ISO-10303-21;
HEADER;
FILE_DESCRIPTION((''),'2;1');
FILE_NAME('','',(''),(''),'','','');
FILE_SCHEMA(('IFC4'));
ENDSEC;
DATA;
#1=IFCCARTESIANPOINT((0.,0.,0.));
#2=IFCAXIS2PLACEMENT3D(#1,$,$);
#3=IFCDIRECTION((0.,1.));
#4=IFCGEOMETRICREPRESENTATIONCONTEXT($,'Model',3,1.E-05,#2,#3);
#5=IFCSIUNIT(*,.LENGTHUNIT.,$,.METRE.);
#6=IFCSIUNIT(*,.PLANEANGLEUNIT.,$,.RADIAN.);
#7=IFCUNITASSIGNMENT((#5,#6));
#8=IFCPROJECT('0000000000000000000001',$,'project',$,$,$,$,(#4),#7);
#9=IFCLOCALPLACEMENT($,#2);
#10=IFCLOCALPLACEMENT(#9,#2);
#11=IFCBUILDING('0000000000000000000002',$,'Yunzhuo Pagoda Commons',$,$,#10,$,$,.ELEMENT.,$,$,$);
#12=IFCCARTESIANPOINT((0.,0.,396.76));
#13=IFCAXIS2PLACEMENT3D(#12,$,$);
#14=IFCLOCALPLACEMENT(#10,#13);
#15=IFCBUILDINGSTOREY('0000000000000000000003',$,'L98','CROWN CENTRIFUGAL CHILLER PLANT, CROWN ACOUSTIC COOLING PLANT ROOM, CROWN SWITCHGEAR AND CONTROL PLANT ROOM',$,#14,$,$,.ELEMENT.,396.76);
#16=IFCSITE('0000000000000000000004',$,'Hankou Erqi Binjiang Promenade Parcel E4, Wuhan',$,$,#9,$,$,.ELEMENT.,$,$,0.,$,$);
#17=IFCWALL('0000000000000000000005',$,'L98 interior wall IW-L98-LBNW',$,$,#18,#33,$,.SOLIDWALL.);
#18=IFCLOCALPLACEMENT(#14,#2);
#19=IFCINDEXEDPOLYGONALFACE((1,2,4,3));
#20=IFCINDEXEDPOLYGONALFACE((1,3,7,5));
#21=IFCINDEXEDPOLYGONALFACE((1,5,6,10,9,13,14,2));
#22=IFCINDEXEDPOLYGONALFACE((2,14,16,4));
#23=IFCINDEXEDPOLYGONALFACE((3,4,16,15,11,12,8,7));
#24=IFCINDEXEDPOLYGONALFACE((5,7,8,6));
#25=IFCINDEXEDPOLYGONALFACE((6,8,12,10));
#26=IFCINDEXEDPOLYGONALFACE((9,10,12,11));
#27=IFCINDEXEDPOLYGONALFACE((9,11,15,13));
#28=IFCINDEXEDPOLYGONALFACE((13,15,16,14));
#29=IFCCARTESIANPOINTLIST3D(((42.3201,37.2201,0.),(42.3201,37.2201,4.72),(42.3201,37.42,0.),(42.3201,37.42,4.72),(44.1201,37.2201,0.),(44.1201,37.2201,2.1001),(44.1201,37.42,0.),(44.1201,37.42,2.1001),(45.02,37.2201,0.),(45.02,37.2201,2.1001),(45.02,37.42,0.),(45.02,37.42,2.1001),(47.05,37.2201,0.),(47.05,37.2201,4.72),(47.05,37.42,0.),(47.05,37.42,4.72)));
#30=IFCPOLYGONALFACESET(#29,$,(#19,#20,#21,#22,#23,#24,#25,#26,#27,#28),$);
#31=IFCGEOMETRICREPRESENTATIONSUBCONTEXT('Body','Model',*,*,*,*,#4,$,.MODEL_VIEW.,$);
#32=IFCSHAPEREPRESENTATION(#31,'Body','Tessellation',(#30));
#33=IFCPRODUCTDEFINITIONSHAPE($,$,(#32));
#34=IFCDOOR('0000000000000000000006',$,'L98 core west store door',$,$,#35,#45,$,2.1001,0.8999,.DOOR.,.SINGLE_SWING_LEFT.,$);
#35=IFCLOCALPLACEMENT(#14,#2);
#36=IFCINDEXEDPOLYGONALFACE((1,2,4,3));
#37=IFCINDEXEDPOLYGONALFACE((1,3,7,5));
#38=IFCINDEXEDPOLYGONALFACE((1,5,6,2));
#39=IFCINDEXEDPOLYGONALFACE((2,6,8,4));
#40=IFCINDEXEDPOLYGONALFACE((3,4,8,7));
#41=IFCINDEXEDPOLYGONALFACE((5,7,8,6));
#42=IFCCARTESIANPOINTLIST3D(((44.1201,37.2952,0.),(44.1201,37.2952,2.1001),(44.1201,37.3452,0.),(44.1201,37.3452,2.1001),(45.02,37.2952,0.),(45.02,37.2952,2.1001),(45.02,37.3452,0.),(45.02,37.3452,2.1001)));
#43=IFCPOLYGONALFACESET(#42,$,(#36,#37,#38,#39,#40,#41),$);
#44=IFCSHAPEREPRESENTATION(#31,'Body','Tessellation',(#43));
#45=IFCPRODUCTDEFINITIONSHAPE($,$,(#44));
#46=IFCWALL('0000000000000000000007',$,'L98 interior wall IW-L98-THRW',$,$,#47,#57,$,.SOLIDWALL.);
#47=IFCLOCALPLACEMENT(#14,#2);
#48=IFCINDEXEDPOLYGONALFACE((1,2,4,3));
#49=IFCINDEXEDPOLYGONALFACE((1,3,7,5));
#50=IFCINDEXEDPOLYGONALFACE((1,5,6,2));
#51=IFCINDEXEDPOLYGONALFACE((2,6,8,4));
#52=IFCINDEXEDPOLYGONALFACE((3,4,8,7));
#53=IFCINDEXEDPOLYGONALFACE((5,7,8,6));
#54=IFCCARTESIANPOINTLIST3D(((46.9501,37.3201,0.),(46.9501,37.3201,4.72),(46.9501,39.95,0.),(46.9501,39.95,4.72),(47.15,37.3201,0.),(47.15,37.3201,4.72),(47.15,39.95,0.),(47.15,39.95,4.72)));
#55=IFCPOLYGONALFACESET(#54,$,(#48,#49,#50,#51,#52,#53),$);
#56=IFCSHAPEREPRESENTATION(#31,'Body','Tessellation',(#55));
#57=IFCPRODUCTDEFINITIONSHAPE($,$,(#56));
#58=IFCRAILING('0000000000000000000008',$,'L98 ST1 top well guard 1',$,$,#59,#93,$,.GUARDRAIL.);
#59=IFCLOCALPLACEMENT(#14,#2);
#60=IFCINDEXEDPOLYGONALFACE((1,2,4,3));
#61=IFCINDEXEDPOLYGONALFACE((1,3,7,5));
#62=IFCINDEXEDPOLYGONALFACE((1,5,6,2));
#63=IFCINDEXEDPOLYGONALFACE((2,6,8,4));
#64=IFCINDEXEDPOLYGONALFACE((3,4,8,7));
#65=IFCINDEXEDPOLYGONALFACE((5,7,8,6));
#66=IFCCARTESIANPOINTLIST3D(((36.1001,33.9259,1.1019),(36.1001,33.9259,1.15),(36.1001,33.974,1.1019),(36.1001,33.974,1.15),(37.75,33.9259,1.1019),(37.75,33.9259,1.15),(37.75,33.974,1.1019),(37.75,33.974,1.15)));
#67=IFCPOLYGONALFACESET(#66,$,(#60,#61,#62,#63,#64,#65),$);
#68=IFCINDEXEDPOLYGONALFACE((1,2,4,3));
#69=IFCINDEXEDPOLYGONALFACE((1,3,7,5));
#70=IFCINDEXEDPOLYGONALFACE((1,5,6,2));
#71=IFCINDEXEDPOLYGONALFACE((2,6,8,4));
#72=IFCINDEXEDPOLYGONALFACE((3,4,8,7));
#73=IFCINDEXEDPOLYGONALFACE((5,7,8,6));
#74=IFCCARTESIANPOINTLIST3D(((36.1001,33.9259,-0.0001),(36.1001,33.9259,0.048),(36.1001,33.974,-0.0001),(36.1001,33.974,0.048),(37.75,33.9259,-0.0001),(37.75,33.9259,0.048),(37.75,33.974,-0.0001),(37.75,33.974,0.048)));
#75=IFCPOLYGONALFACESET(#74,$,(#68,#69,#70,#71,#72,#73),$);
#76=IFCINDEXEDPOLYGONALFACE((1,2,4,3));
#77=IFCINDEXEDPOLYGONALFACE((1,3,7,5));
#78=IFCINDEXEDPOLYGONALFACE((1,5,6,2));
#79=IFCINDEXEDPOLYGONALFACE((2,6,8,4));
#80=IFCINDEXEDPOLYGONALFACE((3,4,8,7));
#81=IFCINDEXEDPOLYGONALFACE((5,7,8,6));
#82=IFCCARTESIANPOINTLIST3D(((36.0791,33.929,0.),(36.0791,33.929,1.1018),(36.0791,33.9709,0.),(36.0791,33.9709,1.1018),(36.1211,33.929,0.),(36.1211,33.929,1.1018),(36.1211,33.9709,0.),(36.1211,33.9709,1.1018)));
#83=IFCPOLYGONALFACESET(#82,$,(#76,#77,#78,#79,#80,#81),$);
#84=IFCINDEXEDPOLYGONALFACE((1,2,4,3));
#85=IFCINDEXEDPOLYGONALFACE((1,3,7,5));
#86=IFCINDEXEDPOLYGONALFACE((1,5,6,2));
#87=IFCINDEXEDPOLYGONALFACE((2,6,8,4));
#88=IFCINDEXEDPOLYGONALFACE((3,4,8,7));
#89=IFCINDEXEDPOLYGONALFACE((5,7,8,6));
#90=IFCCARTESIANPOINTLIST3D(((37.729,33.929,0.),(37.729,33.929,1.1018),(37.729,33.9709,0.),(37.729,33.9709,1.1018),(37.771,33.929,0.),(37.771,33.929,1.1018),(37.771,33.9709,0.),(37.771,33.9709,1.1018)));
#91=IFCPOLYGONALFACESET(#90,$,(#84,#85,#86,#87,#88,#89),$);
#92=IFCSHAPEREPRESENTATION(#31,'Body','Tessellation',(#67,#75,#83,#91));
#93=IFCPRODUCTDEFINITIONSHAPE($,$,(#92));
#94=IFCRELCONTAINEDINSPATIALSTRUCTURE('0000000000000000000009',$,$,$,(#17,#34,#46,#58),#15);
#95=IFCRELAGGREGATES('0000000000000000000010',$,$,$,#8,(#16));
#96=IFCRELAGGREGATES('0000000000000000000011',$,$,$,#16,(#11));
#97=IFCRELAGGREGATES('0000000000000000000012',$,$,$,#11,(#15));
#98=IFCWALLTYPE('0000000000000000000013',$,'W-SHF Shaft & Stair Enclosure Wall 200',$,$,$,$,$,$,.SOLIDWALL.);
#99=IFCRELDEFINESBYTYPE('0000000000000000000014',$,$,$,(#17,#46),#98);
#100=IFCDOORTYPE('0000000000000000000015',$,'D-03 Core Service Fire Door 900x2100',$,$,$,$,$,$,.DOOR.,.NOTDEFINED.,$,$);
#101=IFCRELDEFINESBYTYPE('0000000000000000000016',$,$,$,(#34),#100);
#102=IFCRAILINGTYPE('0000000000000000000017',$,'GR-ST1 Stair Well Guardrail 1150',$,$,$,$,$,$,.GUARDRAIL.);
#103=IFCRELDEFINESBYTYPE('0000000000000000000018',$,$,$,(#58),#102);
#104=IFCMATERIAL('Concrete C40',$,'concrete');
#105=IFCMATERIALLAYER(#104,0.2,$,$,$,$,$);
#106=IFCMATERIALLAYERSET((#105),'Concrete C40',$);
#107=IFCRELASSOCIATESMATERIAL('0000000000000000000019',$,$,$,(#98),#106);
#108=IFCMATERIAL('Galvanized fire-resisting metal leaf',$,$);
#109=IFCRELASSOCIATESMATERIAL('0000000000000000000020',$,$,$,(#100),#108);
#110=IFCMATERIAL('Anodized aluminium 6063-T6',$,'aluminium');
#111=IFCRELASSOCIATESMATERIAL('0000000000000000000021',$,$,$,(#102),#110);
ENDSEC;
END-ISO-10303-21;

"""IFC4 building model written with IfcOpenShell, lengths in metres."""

from ifc_helpers import new_model, si_unit, direction, frame, frame_2d, origin, origin_2d, place, context, subcontext, project, spatial, rectangle, extrude, source, transform, mapped, material, layer, layer_set, type_object, element, fill, save


model = new_model("IFC4")

# Units and contexts
model_context = context("Model", 3, precision=1e-05, world=origin(), true_north=direction((0.0, 1.0)))
body_context = subcontext(model_context, "Body", "Model", "MODEL_VIEW")
ifc_project = project(units=[si_unit("LENGTHUNIT", "METRE"), si_unit("PLANEANGLEUNIT", "RADIAN")], contexts=[model_context])

# Site, building, storey
site_placement = place(None, origin())
site = spatial("IfcSite", under=ifc_project, at=site_placement, Name="Hankou Erqi Binjiang Promenade Parcel E4, Wuhan", CompositionType="ELEMENT", RefElevation=0.0)
building_placement = place(site_placement, origin())
building = spatial("IfcBuilding", under=site, at=building_placement, Name="Yunzhuo Pagoda Commons", CompositionType="ELEMENT")
storey_placement = place(building_placement, frame((0.0, 0.0, 396.76)))
storey = spatial("IfcBuildingStorey", under=building, at=storey_placement, Name="L98", Description="CROWN CENTRIFUGAL CHILLER PLANT, CROWN ACOUSTIC COOLING PLANT ROOM, CROWN SWITCHGEAR AND CONTROL PLANT ROOM", CompositionType="ELEMENT", Elevation=396.76)

# Shared definitions
ifc_material_1 = material(Name="Galvanized fire-resisting metal leaf")

# Shared definitions
ifc_material_2 = material(Name="Concrete C40", Category="concrete")
ifc_layer_1 = layer(ifc_material_2, 0.2)
ifc_layer_set_1 = layer_set([ifc_layer_1], Name="Concrete C40")
wall_type_1 = type_object("IfcWallType", Name="W-SHF Shaft & Stair Enclosure Wall 200", PredefinedType="SOLIDWALL", material=ifc_layer_set_1)

# Wall, opening, door
wall_1_placement = place(storey_placement, frame((42.3201, 37.3201, 0.0), z_axis=(0.0, 0.0, 1.0), x_axis=(1.0, 0.0, 0.0)))
wall_1 = element("IfcWall", 1, at=wall_1_placement, inside=storey, type_object=wall_type_1, Name="L98 interior wall IW-L98-LBNW", PredefinedType="SOLIDWALL", context=body_context, shape_type="SweptSolid", body=[
    extrude(rectangle(XDim=4.73, YDim=0.2, at=frame_2d((2.365, 0.0))), origin(), (0.0, 0.0, 1.0), 4.72),
])
opening_1_placement = place(wall_1_placement, frame((1.8, 0.0, 0.0)))
opening_1 = element("IfcOpeningElement", 2, at=opening_1_placement, cuts=wall_1, PredefinedType="OPENING", context=body_context, shape_type="SweptSolid", body=[
    extrude(rectangle(XDim=0.8999, YDim=2.1001, at=frame_2d((0.45, 1.05))), frame((0.0, 0.1099, 0.0), z_axis=(0.0, -1.0, 0.0), x_axis=(1.0, 0.0, 0.0)), (0.0, 0.0, 1.0), 0.22),
])
door_type_1 = type_object("IfcDoorType", Name="D-03 Core Service Fire Door 900x2100", OperationType="NOTDEFINED", PredefinedType="DOOR", material=ifc_material_1)
shared_shape_1 = source(origin(), body_context, "Body", "SweptSolid", [
    extrude(rectangle(XDim=0.8999, YDim=2.1001, at=frame_2d((0.45, 1.05))), frame((0.0, 0.0249, 0.0), z_axis=(0.0, -1.0, 0.0), x_axis=(1.0, 0.0, 0.0)), (0.0, 0.0, 1.0), 0.05),
])
door_1_placement = place(opening_1_placement, frame((0.8999, 0.0, 0.0), z_axis=(0.0, 0.0, 1.0), x_axis=(-1.0, 0.0, 0.0)))
door_1 = element("IfcDoor", 3, at=door_1_placement, inside=storey, type_object=door_type_1, Name="L98 core west store door", OperationType="SINGLE_SWING_LEFT", OverallHeight=2.1001, OverallWidth=0.8999, PredefinedType="DOOR", context=body_context, shape_type="MappedRepresentation", body=[
    mapped(shared_shape_1, transform((0.0, 0.0, 0.0), scale=1.0)),
])
fill(opening_1, door_1)

# Wall
wall_2_placement = place(storey_placement, frame((47.05, 37.3201, 0.0), z_axis=(0.0, 0.0, 1.0), x_axis=(0.0, 1.0, 0.0)))
element("IfcWall", 4, at=wall_2_placement, inside=storey, type_object=wall_type_1, Name="L98 interior wall IW-L98-THRW", PredefinedType="SOLIDWALL", context=body_context, shape_type="SweptSolid", body=[
    extrude(rectangle(XDim=2.6299, YDim=0.2, at=frame_2d((1.3149, 0.0))), origin(), (0.0, 0.0, 1.0), 4.72),
])

# Railing
ifc_material_3 = material(Name="Anodized aluminium 6063-T6", Category="aluminium")
railing_type = type_object("IfcRailingType", Name="GR-ST1 Stair Well Guardrail 1150", PredefinedType="GUARDRAIL", material=ifc_material_3)
railing_placement = place(storey_placement, frame((36.1001, 33.95, 0.0)))
element("IfcRailing", 5, at=railing_placement, inside=storey, type_object=railing_type, Name="L98 ST1 top well guard 1", PredefinedType="GUARDRAIL", context=body_context, shape_type="SweptSolid", body=[
    extrude(rectangle(XDim=0.0481, YDim=0.0481, at=origin_2d()), frame((0.0, 0.0, 1.126), z_axis=(1.0, 0.0, 0.0), x_axis=(0.0, 1.0, 0.0)), (0.0, 0.0, 1.0), 1.6499),
    extrude(rectangle(XDim=0.0481, YDim=0.0481, at=origin_2d()), frame((0.0, 0.0, 0.0239), z_axis=(1.0, 0.0, 0.0), x_axis=(0.0, 1.0, 0.0)), (0.0, 0.0, 1.0), 1.6499),
    extrude(rectangle(XDim=0.042, YDim=0.042, at=origin_2d()), origin(), (0.0, 0.0, 1.0), 1.1018),
    extrude(rectangle(XDim=0.042, YDim=0.042, at=origin_2d()), frame((1.6499, 0.0, 0.0)), (0.0, 0.0, 1.0), 1.1018),
])

save(model, "model.ifc")
